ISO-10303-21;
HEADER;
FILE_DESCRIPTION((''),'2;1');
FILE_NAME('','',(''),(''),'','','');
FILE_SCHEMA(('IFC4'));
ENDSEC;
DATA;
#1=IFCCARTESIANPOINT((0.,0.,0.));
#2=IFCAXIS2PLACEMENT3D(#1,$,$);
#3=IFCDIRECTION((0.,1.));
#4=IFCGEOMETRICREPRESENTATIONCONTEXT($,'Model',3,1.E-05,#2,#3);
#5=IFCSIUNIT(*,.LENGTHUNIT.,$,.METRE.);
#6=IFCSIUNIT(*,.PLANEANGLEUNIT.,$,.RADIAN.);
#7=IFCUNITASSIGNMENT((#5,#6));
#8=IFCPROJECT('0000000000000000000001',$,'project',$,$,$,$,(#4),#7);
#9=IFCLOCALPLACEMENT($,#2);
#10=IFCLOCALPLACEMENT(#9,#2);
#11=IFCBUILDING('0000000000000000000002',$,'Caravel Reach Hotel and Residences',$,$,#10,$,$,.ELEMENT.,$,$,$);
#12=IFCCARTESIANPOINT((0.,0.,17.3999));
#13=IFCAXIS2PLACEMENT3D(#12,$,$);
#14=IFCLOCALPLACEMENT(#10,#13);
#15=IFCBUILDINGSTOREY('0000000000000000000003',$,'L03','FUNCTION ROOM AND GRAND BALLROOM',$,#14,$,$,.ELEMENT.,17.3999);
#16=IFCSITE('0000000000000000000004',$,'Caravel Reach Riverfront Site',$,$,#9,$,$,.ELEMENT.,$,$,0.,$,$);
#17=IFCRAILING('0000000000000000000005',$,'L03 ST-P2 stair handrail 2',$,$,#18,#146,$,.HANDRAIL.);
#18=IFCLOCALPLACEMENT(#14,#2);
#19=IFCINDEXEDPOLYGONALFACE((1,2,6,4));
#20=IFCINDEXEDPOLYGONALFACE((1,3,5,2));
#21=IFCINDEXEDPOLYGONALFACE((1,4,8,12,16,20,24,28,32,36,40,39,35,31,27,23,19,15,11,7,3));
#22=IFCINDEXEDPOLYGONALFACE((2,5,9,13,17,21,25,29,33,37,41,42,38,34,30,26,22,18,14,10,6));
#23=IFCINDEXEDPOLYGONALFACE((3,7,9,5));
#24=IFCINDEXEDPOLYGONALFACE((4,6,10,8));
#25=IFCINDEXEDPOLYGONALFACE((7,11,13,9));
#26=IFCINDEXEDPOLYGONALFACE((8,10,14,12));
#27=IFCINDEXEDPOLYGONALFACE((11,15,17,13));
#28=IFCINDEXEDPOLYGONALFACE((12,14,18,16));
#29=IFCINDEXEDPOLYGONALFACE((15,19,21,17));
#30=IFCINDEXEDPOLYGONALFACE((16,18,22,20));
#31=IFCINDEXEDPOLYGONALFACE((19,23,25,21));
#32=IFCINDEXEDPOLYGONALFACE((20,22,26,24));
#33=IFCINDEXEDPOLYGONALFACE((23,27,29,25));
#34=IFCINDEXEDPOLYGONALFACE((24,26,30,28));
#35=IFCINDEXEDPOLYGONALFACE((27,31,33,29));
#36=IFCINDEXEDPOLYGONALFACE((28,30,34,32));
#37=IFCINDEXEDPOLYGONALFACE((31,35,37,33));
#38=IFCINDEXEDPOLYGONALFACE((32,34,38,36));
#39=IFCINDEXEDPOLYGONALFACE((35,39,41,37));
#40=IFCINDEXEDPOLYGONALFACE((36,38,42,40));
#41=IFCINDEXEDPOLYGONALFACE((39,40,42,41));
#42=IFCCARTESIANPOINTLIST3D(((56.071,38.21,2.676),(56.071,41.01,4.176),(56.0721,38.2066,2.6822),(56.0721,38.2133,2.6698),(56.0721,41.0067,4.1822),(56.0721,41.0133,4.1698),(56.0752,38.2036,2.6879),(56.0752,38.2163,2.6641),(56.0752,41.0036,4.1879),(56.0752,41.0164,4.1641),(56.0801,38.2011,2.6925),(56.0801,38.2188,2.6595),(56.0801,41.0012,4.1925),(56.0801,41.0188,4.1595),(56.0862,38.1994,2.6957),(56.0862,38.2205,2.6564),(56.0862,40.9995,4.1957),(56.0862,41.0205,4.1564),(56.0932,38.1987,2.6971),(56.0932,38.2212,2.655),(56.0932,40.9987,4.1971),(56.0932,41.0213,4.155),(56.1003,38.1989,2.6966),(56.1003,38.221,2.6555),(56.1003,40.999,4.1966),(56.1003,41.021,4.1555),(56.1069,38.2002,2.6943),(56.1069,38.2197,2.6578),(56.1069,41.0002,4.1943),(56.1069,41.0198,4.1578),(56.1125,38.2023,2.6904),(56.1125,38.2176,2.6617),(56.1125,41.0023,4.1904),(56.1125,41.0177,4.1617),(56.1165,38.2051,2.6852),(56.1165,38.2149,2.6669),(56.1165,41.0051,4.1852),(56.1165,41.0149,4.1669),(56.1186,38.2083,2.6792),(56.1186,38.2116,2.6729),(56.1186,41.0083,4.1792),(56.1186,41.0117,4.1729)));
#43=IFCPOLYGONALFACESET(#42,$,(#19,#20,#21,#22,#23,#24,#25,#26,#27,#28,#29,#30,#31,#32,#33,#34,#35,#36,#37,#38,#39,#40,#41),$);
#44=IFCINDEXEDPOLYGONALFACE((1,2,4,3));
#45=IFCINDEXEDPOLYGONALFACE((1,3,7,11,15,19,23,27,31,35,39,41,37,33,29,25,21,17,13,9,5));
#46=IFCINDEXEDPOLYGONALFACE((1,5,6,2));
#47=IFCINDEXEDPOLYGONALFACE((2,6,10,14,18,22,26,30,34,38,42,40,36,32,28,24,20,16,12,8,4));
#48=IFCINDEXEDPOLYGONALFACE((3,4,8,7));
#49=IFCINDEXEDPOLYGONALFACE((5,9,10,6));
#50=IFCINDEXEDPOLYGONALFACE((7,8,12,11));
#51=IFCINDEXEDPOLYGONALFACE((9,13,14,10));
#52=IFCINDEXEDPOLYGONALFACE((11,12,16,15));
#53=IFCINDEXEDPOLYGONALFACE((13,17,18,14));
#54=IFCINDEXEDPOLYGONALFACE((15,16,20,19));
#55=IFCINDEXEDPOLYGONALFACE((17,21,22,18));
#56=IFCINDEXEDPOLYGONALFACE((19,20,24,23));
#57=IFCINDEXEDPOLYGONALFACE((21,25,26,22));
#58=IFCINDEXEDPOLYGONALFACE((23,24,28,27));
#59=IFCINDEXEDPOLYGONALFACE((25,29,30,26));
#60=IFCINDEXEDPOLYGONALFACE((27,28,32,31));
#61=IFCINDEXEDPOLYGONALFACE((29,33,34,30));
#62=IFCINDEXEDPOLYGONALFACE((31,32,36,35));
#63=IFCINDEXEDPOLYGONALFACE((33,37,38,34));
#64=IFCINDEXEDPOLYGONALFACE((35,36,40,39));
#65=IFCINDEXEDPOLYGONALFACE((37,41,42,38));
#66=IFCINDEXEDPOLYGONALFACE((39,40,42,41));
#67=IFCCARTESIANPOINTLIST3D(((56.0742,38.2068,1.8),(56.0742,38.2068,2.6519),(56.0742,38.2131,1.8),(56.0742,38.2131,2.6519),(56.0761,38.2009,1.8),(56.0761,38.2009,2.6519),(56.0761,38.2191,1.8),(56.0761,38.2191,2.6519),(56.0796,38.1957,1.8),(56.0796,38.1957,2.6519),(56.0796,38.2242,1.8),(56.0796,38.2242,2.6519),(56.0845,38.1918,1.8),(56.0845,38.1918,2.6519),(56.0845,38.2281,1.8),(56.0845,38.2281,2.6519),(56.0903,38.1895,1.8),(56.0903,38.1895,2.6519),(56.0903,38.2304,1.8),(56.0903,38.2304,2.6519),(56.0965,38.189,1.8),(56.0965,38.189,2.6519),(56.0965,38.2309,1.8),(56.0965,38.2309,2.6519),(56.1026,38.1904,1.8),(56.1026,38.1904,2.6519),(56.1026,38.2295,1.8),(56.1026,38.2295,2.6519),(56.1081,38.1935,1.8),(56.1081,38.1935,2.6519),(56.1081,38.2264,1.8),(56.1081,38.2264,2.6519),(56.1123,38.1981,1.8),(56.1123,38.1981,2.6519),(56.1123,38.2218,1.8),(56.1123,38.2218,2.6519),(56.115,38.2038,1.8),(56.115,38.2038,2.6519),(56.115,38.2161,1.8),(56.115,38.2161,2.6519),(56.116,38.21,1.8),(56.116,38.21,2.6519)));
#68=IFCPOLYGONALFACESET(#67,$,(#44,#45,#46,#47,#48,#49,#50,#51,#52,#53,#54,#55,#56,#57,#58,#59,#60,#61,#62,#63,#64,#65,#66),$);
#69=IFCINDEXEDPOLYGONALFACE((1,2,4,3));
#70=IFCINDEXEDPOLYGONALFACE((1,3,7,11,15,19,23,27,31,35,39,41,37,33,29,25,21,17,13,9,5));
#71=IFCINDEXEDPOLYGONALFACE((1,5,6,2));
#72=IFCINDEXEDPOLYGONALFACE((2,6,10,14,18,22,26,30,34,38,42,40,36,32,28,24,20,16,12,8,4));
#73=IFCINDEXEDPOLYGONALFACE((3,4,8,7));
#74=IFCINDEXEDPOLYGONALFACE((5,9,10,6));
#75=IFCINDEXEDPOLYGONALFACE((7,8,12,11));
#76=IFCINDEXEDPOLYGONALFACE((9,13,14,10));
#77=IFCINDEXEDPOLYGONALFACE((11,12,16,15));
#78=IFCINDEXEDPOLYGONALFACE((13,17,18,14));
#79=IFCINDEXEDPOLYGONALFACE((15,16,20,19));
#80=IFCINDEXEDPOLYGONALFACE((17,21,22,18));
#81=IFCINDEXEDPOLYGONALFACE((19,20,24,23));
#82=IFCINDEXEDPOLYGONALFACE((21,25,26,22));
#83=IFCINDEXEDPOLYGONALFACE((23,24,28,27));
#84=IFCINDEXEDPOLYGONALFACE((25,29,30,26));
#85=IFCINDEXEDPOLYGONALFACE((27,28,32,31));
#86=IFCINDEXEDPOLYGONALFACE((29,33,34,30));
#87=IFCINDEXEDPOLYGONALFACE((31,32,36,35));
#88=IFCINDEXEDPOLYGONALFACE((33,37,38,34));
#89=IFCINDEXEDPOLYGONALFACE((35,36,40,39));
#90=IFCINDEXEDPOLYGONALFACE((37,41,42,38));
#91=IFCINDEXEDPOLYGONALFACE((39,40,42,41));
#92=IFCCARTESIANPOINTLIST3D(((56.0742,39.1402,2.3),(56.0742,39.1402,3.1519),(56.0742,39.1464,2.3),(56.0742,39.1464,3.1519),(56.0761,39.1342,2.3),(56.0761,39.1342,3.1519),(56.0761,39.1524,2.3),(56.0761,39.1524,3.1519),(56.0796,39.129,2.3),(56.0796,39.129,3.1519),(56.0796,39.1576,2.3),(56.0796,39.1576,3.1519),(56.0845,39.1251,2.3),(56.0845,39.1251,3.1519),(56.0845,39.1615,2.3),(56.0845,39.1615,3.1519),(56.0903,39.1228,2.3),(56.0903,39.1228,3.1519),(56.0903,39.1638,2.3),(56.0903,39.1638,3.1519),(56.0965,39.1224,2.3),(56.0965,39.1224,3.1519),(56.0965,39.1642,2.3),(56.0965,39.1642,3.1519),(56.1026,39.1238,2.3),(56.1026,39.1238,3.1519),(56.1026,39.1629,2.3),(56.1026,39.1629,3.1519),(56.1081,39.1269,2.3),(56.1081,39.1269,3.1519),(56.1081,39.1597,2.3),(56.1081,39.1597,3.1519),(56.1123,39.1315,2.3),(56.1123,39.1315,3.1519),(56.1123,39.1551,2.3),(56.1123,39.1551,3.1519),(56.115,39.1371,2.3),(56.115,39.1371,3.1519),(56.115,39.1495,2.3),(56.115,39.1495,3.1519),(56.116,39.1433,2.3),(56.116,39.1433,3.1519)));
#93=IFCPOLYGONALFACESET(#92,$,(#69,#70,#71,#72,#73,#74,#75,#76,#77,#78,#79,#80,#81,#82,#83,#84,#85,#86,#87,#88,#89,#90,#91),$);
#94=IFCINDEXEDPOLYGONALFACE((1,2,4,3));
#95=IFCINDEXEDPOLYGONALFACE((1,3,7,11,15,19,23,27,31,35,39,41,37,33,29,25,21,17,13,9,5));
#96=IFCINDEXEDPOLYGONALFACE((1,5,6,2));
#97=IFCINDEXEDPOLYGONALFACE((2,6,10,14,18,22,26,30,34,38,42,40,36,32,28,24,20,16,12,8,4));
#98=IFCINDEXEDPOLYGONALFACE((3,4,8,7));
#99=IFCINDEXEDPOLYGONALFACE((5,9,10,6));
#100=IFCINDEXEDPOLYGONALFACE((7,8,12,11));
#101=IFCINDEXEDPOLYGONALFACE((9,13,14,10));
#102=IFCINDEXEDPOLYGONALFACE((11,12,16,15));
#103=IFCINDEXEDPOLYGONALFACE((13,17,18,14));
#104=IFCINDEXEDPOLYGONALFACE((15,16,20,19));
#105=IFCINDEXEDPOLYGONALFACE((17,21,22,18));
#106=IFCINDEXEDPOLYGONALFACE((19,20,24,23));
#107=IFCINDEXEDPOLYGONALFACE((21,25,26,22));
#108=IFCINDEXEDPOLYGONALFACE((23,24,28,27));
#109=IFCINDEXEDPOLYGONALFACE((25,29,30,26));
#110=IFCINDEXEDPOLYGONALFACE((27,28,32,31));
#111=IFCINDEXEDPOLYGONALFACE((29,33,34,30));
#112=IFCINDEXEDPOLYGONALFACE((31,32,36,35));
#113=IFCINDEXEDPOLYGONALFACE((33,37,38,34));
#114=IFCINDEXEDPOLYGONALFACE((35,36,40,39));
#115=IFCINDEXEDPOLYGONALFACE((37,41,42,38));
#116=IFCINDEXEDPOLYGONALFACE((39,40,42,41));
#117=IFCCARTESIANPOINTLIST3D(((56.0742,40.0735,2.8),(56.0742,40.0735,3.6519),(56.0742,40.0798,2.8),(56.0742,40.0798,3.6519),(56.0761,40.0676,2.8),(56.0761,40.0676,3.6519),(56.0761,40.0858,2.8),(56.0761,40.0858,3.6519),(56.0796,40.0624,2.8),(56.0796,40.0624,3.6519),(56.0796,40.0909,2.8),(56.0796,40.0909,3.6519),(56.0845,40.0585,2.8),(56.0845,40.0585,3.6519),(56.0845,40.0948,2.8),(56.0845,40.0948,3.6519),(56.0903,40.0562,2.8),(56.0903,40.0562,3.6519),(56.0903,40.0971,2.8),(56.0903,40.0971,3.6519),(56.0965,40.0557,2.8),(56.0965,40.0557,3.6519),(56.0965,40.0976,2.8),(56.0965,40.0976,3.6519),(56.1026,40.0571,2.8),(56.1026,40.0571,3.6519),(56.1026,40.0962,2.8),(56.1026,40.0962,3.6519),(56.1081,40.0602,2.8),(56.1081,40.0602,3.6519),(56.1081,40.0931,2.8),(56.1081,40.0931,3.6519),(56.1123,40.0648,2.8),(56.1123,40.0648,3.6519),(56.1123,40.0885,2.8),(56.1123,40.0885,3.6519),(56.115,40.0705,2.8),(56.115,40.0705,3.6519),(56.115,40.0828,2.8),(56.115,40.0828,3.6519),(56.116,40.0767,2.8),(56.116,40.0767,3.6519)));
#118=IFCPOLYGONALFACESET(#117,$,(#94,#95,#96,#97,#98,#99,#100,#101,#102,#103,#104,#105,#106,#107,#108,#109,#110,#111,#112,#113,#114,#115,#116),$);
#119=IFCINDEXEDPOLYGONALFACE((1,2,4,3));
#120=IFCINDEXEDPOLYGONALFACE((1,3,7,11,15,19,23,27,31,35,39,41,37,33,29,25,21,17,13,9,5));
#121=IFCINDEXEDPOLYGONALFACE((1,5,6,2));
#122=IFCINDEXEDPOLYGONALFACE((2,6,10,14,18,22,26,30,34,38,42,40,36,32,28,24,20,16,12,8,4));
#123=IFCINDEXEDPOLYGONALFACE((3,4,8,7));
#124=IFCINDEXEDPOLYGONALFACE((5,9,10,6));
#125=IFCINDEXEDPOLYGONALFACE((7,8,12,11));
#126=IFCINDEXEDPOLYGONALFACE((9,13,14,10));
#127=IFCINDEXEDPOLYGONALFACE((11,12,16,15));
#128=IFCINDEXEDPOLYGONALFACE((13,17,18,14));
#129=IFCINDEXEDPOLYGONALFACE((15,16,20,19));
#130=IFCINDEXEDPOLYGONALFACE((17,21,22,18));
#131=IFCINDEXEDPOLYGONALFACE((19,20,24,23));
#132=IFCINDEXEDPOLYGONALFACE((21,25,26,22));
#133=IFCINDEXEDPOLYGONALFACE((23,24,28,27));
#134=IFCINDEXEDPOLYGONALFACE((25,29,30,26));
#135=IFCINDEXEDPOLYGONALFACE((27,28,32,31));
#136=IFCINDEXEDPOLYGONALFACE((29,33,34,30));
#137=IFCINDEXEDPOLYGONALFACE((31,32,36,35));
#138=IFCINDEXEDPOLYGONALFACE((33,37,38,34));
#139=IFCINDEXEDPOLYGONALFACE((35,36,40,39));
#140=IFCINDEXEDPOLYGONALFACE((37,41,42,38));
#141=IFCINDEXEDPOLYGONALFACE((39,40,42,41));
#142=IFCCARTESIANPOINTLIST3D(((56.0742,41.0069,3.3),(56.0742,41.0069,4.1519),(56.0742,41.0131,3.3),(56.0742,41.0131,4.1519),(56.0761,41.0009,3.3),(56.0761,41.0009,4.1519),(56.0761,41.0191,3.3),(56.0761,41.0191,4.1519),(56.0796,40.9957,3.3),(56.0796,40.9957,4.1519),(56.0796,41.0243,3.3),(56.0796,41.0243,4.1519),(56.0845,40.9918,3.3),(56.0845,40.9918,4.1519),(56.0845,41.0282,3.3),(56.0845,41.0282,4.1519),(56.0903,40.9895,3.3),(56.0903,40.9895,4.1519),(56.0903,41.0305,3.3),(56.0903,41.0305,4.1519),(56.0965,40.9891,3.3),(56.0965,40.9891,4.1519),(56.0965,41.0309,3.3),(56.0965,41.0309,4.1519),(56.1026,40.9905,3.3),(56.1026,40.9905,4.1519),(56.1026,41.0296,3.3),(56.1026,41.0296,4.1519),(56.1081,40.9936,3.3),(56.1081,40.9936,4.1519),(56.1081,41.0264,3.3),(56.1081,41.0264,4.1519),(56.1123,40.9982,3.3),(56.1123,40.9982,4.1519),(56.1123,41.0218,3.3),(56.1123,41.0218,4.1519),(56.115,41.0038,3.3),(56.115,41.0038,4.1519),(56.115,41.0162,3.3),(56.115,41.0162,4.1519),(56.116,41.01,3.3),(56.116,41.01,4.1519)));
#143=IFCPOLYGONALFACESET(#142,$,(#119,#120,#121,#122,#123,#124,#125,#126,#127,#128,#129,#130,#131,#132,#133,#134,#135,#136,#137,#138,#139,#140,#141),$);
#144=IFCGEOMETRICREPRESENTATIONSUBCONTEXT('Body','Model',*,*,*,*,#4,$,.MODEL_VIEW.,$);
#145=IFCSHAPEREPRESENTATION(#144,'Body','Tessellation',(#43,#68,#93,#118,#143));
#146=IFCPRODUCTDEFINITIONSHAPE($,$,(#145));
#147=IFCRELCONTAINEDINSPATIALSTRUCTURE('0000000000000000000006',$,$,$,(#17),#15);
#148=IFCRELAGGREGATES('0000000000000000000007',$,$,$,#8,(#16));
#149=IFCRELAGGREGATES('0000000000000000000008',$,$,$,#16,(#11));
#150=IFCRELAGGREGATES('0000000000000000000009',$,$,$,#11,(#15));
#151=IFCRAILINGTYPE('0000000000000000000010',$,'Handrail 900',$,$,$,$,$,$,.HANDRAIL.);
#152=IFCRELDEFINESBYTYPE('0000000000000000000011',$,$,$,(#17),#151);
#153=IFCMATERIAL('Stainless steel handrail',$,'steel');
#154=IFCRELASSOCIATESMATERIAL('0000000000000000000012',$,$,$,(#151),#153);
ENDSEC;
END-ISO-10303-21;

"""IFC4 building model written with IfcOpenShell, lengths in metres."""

from ifc_helpers import new_model, si_unit, direction, frame, origin, origin_2d, place, context, subcontext, project, spatial, circle, extrude, material, type_object, element, save


model = new_model("IFC4")

# Units and contexts
model_context = context("Model", 3, precision=1e-05, world=origin(), true_north=direction((0.0, 1.0)))
body_context = subcontext(model_context, "Body", "Model", "MODEL_VIEW")
ifc_project = project(units=[si_unit("LENGTHUNIT", "METRE"), si_unit("PLANEANGLEUNIT", "RADIAN")], contexts=[model_context])

# Site, building, storey
site_placement = place(None, origin())
site = spatial("IfcSite", under=ifc_project, at=site_placement, Name="Caravel Reach Riverfront Site", CompositionType="ELEMENT", RefElevation=0.0)
building_placement = place(site_placement, origin())
building = spatial("IfcBuilding", under=site, at=building_placement, Name="Caravel Reach Hotel and Residences", CompositionType="ELEMENT")
storey_placement = place(building_placement, frame((0.0, 0.0, 17.3999)))
storey = spatial("IfcBuildingStorey", under=building, at=storey_placement, Name="L03", Description="FUNCTION ROOM AND GRAND BALLROOM", CompositionType="ELEMENT", Elevation=17.3999)

# Railing
ifc_material_1 = material(Name="Stainless steel handrail", Category="steel")
railing_type_1 = type_object("IfcRailingType", Name="Handrail 900", PredefinedType="HANDRAIL", material=ifc_material_1)
for number, where, name in (
    (1, (56.095, 38.21, 1.8), "L03 ST-P2 stair handrail 2"),
):
    element("IfcRailing", number, at=place(storey_placement, frame(where)), inside=storey, type_object=railing_type_1, Name=name, PredefinedType="HANDRAIL", context=body_context, shape_type="SweptSolid", body=[
        extrude(circle(Radius=0.0239, at=origin_2d()), frame((0.0, 0.0, 0.876), z_axis=(0.0, 0.881483, 0.472215), x_axis=(-1.0, 0.0, 0.0)), (0.0, 0.0, 1.0), 3.1765),
        extrude(circle(Radius=0.021, at=origin_2d()), origin(), (0.0, 0.0, 1.0), 0.8518),
        extrude(circle(Radius=0.021, at=origin_2d()), frame((0.0, 0.9333, 0.5)), (0.0, 0.0, 1.0), 0.8518),
        extrude(circle(Radius=0.021, at=origin_2d()), frame((0.0, 1.8667, 1.0)), (0.0, 0.0, 1.0), 0.8518),
        extrude(circle(Radius=0.021, at=origin_2d()), frame((0.0, 2.8, 1.5)), (0.0, 0.0, 1.0), 0.8518),
    ])

save(model, "model.ifc")
